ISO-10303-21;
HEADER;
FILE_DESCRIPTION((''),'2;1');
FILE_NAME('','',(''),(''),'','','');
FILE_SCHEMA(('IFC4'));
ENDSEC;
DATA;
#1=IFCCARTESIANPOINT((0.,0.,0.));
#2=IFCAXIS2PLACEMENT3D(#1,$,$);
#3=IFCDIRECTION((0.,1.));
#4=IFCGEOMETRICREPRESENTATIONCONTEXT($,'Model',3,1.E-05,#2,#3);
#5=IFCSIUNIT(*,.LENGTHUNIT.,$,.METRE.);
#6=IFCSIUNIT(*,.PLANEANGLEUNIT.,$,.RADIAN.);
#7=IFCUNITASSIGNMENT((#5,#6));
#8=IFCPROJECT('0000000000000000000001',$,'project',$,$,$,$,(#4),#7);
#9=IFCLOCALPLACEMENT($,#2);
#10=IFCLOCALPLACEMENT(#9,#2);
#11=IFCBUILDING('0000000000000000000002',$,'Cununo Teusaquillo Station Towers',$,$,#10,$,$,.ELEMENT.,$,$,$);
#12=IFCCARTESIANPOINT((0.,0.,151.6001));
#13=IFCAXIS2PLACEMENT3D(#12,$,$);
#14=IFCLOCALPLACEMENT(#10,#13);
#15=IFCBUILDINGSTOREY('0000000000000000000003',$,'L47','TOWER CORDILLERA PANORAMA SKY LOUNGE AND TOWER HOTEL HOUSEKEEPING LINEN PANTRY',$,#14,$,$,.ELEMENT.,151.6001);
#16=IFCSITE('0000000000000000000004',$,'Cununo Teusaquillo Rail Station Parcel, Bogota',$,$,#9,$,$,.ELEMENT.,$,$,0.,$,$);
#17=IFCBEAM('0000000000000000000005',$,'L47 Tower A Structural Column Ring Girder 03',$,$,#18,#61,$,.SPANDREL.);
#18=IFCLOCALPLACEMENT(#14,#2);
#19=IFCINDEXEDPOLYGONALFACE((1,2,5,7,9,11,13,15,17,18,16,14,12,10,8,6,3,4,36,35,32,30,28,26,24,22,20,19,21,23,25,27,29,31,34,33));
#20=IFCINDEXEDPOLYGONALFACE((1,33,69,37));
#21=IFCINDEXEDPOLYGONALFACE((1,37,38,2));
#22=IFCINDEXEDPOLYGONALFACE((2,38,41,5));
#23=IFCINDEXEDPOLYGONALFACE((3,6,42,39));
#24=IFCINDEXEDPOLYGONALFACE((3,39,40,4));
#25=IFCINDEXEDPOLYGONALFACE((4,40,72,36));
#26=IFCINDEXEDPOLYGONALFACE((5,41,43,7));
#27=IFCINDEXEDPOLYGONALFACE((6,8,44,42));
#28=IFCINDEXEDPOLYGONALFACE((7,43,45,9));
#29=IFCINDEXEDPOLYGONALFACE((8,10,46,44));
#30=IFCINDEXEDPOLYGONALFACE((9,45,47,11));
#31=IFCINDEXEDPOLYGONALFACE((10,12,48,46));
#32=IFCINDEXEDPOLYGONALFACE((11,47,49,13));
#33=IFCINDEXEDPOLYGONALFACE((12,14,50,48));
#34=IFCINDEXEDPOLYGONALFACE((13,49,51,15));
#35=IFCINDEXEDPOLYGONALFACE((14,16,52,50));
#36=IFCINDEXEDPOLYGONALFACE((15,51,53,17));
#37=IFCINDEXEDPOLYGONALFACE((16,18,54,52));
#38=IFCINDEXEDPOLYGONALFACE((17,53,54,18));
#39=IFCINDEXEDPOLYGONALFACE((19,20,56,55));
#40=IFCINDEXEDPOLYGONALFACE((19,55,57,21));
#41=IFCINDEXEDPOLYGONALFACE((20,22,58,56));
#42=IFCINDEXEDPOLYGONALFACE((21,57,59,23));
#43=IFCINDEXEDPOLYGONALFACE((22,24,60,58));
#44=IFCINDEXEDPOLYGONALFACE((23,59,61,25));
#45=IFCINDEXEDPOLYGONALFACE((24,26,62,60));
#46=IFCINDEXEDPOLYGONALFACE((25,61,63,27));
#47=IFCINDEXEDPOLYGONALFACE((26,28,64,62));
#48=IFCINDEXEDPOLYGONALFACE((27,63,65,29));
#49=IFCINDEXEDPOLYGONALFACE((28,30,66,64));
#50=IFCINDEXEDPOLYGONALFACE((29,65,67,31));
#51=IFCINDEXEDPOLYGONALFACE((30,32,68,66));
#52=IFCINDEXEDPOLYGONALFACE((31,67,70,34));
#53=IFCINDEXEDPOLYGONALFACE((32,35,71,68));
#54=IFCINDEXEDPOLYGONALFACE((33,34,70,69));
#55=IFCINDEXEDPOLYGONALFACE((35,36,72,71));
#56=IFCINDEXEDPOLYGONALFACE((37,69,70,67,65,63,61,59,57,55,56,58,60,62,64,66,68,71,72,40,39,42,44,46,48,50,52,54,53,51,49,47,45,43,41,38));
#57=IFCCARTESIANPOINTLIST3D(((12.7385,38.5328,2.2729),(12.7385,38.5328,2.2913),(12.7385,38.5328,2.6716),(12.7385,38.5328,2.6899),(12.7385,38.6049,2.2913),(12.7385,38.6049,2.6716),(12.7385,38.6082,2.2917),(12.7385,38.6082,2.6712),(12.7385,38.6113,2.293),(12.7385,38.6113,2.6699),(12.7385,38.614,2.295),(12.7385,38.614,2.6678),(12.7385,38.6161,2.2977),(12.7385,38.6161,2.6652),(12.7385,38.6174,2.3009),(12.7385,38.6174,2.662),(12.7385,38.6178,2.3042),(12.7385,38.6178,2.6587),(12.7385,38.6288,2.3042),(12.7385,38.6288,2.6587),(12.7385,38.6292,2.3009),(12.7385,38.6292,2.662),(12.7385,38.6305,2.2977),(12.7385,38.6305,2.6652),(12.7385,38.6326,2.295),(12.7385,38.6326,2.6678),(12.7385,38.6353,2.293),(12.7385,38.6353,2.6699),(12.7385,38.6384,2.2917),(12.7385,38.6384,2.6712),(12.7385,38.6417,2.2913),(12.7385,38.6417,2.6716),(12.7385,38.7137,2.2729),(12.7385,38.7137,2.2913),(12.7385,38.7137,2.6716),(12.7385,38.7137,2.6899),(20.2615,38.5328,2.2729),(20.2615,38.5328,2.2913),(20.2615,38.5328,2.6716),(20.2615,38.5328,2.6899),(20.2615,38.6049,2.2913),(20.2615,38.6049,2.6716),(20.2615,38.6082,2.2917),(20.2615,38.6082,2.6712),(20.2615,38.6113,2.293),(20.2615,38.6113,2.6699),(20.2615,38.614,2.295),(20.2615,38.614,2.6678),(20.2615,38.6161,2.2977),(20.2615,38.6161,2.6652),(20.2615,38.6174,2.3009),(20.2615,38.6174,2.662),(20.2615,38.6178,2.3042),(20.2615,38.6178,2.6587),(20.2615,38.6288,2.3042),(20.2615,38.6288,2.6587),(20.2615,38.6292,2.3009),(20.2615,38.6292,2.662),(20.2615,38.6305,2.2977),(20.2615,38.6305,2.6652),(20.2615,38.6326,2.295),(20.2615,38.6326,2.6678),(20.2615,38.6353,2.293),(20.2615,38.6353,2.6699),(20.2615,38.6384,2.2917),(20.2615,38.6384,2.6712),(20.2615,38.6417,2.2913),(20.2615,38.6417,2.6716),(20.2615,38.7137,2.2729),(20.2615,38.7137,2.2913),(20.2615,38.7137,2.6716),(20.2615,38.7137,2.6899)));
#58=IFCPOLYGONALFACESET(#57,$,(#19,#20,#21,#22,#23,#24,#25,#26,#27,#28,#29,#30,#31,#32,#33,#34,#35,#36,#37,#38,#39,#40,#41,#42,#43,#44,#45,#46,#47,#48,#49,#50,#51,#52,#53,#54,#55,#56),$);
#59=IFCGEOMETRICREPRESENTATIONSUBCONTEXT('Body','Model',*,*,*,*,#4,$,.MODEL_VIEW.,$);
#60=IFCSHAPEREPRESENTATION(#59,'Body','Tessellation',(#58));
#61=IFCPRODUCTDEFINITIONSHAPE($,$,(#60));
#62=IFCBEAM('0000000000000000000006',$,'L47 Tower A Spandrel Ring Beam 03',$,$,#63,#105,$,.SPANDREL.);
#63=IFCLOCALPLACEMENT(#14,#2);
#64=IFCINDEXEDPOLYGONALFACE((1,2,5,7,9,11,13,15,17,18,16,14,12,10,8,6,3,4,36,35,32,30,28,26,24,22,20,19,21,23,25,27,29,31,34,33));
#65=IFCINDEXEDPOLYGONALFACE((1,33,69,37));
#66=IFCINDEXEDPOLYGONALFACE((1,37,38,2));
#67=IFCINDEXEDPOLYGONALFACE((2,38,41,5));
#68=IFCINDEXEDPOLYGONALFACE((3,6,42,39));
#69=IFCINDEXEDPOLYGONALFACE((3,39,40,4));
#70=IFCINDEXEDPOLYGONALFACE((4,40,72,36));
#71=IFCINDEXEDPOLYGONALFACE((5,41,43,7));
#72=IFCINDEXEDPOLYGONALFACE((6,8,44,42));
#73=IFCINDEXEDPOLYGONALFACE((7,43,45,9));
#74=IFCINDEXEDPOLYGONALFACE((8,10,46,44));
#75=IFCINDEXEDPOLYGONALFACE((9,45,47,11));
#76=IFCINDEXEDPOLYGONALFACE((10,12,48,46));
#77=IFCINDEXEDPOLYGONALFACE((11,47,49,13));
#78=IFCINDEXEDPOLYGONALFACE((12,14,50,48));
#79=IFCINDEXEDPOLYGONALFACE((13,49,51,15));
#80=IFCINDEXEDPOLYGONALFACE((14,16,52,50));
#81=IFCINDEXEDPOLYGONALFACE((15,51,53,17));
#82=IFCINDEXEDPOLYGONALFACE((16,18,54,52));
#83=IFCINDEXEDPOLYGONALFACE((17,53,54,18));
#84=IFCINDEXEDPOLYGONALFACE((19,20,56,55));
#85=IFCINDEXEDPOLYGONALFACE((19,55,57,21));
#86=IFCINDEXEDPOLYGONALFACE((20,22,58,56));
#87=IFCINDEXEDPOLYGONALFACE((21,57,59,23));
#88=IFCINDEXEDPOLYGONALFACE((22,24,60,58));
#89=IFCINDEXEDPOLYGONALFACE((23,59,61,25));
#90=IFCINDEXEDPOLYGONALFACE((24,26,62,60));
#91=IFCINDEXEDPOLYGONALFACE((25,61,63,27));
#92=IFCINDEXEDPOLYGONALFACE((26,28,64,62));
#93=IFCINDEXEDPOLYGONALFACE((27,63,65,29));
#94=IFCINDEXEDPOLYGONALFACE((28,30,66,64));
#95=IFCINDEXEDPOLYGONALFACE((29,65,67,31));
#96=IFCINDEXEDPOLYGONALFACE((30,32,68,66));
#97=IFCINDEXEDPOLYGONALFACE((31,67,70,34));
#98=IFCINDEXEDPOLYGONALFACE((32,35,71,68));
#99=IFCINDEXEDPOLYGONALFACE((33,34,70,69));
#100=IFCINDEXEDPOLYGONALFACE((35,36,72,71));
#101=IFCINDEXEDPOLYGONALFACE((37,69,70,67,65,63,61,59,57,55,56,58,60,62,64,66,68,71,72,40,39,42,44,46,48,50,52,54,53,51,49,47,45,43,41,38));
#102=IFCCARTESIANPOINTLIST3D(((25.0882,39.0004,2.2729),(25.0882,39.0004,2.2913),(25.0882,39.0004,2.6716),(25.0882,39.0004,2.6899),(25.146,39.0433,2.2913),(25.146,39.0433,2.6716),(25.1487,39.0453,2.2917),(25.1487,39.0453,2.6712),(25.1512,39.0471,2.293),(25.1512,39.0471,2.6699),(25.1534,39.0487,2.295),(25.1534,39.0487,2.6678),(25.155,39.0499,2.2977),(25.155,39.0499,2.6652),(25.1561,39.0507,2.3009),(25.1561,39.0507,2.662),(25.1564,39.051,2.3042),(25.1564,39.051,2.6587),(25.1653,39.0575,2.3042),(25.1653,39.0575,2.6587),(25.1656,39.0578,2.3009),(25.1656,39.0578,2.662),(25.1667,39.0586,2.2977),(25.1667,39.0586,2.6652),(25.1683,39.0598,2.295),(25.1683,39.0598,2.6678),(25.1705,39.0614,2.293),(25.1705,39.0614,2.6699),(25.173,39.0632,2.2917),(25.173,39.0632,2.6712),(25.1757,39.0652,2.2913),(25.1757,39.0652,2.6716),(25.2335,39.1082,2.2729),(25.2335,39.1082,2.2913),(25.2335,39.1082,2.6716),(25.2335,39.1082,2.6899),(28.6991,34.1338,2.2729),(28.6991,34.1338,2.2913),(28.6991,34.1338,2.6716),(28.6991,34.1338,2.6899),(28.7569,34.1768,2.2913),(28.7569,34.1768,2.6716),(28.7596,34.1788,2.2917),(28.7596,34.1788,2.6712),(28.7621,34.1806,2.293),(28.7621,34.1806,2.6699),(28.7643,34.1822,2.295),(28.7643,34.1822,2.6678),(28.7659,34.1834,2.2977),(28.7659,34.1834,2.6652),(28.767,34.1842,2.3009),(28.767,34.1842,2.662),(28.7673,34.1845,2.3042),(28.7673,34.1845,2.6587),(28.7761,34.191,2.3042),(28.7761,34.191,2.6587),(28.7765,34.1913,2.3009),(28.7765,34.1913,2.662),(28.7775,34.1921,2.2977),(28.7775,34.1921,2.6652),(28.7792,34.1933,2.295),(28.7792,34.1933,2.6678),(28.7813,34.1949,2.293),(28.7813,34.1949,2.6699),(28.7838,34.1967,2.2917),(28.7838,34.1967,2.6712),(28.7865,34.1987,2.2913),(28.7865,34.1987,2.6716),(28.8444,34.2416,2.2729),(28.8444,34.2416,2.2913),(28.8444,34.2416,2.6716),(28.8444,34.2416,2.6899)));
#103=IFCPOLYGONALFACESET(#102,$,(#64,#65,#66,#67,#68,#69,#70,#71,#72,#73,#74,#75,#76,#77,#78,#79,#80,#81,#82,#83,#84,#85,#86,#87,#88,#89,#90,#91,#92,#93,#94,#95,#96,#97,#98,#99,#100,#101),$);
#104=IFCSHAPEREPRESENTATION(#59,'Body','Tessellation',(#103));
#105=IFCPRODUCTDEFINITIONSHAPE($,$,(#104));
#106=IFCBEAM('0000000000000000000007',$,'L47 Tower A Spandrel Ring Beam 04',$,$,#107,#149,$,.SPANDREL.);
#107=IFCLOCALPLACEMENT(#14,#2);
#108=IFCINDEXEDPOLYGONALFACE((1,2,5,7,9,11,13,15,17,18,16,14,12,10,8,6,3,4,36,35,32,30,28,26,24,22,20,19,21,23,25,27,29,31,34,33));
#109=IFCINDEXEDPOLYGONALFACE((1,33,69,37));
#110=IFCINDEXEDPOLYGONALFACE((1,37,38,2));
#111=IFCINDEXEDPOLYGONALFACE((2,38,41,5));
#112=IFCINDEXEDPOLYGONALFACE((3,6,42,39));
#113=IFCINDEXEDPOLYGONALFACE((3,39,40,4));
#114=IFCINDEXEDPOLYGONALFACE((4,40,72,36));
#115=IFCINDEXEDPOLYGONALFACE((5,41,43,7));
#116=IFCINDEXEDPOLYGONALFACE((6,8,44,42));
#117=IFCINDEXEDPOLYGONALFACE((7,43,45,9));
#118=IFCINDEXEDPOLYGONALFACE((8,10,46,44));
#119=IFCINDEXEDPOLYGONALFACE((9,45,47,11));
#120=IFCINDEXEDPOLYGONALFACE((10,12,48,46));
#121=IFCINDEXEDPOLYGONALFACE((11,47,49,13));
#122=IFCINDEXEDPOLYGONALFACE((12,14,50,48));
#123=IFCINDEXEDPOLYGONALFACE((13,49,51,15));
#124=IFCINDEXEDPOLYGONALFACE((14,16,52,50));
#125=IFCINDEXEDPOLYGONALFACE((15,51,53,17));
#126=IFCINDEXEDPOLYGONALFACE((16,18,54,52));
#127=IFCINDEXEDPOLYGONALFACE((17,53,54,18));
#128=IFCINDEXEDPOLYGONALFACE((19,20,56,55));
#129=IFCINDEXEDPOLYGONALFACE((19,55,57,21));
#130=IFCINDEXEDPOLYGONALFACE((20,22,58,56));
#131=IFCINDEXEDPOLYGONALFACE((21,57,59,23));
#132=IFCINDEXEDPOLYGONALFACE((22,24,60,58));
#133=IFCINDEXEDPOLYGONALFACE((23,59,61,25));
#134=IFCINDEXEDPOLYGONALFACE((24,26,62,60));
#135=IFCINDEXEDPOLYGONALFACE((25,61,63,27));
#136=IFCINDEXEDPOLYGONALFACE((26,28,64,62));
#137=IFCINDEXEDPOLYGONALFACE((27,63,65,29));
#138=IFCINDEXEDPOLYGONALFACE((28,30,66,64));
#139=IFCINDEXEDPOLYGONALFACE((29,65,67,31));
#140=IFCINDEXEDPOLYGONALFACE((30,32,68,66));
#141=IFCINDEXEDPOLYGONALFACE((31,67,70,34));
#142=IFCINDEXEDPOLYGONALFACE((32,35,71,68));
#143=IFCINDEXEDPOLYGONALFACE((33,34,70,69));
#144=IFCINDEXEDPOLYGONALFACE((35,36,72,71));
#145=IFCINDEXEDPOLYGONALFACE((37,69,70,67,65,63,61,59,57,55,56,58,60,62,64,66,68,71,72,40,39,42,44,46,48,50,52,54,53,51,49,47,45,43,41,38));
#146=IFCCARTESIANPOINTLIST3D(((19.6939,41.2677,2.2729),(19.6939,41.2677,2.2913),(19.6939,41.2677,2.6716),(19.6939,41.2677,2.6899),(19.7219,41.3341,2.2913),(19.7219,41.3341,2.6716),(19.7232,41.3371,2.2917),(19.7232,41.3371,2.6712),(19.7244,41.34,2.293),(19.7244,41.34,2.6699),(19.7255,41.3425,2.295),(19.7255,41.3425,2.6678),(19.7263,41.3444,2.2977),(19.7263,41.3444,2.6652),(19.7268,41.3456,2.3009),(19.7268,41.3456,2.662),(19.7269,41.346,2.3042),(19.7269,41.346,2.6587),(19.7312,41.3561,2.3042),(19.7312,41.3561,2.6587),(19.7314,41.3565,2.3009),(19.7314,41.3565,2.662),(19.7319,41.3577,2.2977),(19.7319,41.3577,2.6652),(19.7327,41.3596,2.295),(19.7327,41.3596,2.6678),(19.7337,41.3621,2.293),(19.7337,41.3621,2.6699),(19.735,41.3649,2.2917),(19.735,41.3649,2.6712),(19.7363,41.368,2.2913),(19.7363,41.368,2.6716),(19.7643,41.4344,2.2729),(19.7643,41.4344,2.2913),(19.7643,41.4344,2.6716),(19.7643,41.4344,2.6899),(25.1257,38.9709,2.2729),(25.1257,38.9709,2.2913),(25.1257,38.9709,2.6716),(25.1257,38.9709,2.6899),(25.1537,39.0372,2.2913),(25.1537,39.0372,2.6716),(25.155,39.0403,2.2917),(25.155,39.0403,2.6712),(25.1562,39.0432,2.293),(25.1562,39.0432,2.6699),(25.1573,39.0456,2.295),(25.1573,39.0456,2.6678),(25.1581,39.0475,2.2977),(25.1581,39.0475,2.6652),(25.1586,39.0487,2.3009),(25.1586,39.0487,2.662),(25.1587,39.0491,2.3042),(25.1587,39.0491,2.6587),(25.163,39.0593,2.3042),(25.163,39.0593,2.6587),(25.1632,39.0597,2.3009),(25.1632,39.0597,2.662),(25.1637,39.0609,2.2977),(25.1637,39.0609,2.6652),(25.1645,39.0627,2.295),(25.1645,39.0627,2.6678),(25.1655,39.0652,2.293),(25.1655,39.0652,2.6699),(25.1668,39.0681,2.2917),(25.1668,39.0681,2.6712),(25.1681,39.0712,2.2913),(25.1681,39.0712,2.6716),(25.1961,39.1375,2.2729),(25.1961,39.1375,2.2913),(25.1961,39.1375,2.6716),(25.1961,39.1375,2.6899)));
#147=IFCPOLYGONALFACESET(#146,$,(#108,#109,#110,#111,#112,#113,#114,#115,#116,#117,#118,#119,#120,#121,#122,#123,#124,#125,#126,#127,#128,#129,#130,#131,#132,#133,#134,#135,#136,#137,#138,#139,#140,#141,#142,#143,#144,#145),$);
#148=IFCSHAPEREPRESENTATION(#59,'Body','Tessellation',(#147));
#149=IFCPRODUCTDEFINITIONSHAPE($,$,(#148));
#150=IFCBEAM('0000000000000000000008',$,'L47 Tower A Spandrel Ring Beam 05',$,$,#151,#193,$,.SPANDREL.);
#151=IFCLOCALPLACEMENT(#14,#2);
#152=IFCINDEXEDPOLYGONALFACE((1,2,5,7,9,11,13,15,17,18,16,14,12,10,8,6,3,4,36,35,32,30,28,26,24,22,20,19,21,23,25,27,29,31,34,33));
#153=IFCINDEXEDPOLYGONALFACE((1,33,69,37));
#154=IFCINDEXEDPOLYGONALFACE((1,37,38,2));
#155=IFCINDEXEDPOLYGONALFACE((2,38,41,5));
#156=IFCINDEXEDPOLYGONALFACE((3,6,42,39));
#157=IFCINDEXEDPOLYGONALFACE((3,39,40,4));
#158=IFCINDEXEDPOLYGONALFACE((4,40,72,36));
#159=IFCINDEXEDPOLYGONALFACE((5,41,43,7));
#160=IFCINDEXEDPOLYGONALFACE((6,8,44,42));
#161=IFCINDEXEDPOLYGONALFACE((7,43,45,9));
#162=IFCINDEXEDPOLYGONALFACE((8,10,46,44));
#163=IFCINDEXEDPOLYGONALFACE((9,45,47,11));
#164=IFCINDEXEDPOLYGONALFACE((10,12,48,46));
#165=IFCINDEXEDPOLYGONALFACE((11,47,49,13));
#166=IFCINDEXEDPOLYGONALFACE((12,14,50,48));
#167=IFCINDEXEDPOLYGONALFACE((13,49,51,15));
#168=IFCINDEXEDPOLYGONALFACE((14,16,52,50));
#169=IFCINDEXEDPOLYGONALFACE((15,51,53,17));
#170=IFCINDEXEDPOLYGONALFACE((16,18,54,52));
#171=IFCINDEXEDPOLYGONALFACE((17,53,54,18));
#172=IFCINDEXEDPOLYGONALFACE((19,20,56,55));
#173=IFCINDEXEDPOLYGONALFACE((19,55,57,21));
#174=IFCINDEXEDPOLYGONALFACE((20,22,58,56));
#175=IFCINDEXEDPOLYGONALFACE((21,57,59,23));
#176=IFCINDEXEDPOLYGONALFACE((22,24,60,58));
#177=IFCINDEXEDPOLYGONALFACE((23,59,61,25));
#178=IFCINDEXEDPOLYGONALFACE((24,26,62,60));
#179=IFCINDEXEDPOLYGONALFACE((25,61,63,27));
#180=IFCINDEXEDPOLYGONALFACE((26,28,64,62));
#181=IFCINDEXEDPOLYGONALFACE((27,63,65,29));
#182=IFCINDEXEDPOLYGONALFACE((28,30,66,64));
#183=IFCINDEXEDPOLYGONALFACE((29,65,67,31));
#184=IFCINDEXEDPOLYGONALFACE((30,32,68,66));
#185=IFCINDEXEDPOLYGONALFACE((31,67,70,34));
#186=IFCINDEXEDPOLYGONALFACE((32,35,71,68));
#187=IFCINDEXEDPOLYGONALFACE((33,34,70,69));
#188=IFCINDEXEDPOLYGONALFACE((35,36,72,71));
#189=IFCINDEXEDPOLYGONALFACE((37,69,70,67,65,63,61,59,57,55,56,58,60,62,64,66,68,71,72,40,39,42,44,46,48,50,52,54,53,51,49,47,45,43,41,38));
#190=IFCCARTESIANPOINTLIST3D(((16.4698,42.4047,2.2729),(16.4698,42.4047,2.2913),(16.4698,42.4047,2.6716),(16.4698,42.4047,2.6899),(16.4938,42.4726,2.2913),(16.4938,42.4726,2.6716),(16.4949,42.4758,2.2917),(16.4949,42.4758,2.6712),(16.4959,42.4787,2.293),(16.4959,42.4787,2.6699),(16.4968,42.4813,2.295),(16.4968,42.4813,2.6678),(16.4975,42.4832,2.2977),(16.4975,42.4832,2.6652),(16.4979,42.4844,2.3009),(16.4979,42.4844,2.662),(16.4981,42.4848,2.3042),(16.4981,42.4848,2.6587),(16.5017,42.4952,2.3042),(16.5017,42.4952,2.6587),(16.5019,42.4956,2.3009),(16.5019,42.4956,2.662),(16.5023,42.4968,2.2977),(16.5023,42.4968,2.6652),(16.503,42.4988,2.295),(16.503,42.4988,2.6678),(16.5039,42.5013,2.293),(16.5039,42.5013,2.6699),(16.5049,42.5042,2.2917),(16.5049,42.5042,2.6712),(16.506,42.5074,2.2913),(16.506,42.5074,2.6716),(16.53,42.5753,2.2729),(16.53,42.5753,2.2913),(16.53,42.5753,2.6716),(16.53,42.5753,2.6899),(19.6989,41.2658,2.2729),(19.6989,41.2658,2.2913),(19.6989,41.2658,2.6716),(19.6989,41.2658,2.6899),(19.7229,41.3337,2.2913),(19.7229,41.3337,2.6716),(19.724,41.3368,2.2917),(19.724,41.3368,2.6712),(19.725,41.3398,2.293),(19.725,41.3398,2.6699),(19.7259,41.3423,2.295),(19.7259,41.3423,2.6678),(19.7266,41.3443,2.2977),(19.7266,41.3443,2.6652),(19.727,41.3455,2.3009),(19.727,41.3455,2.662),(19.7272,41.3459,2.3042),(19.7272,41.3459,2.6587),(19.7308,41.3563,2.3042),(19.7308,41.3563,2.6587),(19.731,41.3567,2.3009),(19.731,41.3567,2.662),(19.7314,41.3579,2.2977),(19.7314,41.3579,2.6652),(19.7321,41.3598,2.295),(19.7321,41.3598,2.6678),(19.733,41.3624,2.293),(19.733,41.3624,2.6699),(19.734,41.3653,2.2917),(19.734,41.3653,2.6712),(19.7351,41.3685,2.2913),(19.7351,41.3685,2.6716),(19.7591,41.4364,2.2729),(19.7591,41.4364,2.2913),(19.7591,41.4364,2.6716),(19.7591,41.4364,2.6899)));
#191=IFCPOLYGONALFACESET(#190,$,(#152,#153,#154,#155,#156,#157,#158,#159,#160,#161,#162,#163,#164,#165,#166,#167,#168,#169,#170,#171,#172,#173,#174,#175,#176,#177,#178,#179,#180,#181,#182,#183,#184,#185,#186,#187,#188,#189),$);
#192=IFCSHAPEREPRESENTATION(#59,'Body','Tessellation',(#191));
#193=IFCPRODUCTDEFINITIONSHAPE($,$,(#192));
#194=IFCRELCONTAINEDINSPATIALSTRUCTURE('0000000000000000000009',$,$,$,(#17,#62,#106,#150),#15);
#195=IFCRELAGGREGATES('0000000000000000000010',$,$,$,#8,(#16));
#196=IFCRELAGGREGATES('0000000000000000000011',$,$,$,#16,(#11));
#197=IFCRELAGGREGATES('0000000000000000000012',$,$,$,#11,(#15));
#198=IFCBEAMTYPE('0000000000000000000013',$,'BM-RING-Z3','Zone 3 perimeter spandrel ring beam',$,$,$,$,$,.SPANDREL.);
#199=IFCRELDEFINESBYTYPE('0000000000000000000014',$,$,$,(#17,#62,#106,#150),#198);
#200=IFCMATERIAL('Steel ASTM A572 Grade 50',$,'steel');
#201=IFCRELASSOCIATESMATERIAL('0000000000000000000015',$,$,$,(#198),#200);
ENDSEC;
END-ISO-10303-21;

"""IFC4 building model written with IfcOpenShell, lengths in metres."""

from ifc_helpers import new_model, si_unit, direction, frame, origin, origin_2d, place, context, subcontext, project, spatial, i_section, extrude, material, material_profile, profile_set, type_object, element, save


model = new_model("IFC4")

# Units and contexts
model_context = context("Model", 3, precision=1e-05, world=origin(), true_north=direction((0.0, 1.0)))
body_context = subcontext(model_context, "Body", "Model", "MODEL_VIEW")
ifc_project = project(units=[si_unit("LENGTHUNIT", "METRE"), si_unit("PLANEANGLEUNIT", "RADIAN")], contexts=[model_context])

# Site, building, storey
site_placement = place(None, origin())
site = spatial("IfcSite", under=ifc_project, at=site_placement, Name="Cununo Teusaquillo Rail Station Parcel, Bogota", CompositionType="ELEMENT", RefElevation=0.0)
building_placement = place(site_placement, origin())
building = spatial("IfcBuilding", under=site, at=building_placement, Name="Cununo Teusaquillo Station Towers", CompositionType="ELEMENT")
storey_placement = place(building_placement, frame((0.0, 0.0, 151.6001)))
storey = spatial("IfcBuildingStorey", under=building, at=storey_placement, Name="L47", Description="TOWER CORDILLERA PANORAMA SKY LOUNGE AND TOWER HOTEL HOUSEKEEPING LINEN PANTRY", CompositionType="ELEMENT", Elevation=151.6001)

# Beams
ifc_material_1 = material(Name="Steel ASTM A572 Grade 50", Category="steel")
ifc_material_profile_1 = material_profile(ifc_material_1, i_section(OverallWidth=0.1809, OverallDepth=0.417, WebThickness=0.011, FlangeThickness=0.0183, FilletRadius=0.0129, at=origin_2d()), Name="W16X57")
ifc_profile_set_1 = profile_set([ifc_material_profile_1], Name="Steel ASTM A572 Grade 50")
beam_type_1 = type_object("IfcBeamType", Name="BM-RING-Z3", Description="Zone 3 perimeter spandrel ring beam", PredefinedType="SPANDREL", material=ifc_profile_set_1)
beam_1_placement = place(storey_placement, frame((20.2615, 38.6233, 2.4814), z_axis=(-1.0, 0.0, 0.0), x_axis=(0.0, -1.0, 0.0)))
element("IfcBeam", 1, at=beam_1_placement, inside=storey, type_object=beam_type_1, Name="L47 Tower A Structural Column Ring Girder 03", PredefinedType="SPANDREL", context=body_context, shape_type="SweptSolid", body=[
    extrude(i_section(OverallWidth=0.1809, OverallDepth=0.417, WebThickness=0.011, FlangeThickness=0.0183, FilletRadius=0.0129, at=origin_2d()), origin(), (0.0, 0.0, 1.0), 7.5229),
])
beam_2_placement = place(storey_placement, frame((28.7717, 34.1877, 2.4814), z_axis=(-0.595873, 0.803079, 0.0), x_axis=(-0.803079, -0.595873, 0.0)))
element("IfcBeam", 2, at=beam_2_placement, inside=storey, type_object=beam_type_1, Name="L47 Tower A Spandrel Ring Beam 03", PredefinedType="SPANDREL", context=body_context, shape_type="SweptSolid", body=[
    extrude(i_section(OverallWidth=0.1809, OverallDepth=0.417, WebThickness=0.011, FlangeThickness=0.0183, FilletRadius=0.0129, at=origin_2d()), origin(), (0.0, 0.0, 1.0), 6.0598),
])
beam_3_placement = place(storey_placement, frame((25.1609, 39.0542, 2.4814), z_axis=(-0.921042, 0.389463, 0.0), x_axis=(-0.389463, -0.921042, 0.0)))
element("IfcBeam", 3, at=beam_3_placement, inside=storey, type_object=beam_type_1, Name="L47 Tower A Spandrel Ring Beam 04", PredefinedType="SPANDREL", context=body_context, shape_type="SweptSolid", body=[
    extrude(i_section(OverallWidth=0.1809, OverallDepth=0.417, WebThickness=0.011, FlangeThickness=0.0183, FilletRadius=0.0129, at=origin_2d()), origin(), (0.0, 0.0, 1.0), 5.8975),
])
for number, where, z_axis, x_axis, name in (
    (4, (19.729, 41.3511, 2.4814), (-0.943057, 0.33263, 0.0), (-0.33263, -0.943057, 0.0), "L47 Tower A Spandrel Ring Beam 05"),
):
    element("IfcBeam", number, at=place(storey_placement, frame(where, z_axis=z_axis, x_axis=x_axis)), inside=storey, type_object=beam_type_1, Name=name, PredefinedType="SPANDREL", context=body_context, shape_type="SweptSolid", body=[
        extrude(i_section(OverallWidth=0.1809, OverallDepth=0.417, WebThickness=0.011, FlangeThickness=0.0183, FilletRadius=0.0129, at=origin_2d()), origin(), (0.0, 0.0, 1.0), 3.4241),
    ])

save(model, "model.ifc")
